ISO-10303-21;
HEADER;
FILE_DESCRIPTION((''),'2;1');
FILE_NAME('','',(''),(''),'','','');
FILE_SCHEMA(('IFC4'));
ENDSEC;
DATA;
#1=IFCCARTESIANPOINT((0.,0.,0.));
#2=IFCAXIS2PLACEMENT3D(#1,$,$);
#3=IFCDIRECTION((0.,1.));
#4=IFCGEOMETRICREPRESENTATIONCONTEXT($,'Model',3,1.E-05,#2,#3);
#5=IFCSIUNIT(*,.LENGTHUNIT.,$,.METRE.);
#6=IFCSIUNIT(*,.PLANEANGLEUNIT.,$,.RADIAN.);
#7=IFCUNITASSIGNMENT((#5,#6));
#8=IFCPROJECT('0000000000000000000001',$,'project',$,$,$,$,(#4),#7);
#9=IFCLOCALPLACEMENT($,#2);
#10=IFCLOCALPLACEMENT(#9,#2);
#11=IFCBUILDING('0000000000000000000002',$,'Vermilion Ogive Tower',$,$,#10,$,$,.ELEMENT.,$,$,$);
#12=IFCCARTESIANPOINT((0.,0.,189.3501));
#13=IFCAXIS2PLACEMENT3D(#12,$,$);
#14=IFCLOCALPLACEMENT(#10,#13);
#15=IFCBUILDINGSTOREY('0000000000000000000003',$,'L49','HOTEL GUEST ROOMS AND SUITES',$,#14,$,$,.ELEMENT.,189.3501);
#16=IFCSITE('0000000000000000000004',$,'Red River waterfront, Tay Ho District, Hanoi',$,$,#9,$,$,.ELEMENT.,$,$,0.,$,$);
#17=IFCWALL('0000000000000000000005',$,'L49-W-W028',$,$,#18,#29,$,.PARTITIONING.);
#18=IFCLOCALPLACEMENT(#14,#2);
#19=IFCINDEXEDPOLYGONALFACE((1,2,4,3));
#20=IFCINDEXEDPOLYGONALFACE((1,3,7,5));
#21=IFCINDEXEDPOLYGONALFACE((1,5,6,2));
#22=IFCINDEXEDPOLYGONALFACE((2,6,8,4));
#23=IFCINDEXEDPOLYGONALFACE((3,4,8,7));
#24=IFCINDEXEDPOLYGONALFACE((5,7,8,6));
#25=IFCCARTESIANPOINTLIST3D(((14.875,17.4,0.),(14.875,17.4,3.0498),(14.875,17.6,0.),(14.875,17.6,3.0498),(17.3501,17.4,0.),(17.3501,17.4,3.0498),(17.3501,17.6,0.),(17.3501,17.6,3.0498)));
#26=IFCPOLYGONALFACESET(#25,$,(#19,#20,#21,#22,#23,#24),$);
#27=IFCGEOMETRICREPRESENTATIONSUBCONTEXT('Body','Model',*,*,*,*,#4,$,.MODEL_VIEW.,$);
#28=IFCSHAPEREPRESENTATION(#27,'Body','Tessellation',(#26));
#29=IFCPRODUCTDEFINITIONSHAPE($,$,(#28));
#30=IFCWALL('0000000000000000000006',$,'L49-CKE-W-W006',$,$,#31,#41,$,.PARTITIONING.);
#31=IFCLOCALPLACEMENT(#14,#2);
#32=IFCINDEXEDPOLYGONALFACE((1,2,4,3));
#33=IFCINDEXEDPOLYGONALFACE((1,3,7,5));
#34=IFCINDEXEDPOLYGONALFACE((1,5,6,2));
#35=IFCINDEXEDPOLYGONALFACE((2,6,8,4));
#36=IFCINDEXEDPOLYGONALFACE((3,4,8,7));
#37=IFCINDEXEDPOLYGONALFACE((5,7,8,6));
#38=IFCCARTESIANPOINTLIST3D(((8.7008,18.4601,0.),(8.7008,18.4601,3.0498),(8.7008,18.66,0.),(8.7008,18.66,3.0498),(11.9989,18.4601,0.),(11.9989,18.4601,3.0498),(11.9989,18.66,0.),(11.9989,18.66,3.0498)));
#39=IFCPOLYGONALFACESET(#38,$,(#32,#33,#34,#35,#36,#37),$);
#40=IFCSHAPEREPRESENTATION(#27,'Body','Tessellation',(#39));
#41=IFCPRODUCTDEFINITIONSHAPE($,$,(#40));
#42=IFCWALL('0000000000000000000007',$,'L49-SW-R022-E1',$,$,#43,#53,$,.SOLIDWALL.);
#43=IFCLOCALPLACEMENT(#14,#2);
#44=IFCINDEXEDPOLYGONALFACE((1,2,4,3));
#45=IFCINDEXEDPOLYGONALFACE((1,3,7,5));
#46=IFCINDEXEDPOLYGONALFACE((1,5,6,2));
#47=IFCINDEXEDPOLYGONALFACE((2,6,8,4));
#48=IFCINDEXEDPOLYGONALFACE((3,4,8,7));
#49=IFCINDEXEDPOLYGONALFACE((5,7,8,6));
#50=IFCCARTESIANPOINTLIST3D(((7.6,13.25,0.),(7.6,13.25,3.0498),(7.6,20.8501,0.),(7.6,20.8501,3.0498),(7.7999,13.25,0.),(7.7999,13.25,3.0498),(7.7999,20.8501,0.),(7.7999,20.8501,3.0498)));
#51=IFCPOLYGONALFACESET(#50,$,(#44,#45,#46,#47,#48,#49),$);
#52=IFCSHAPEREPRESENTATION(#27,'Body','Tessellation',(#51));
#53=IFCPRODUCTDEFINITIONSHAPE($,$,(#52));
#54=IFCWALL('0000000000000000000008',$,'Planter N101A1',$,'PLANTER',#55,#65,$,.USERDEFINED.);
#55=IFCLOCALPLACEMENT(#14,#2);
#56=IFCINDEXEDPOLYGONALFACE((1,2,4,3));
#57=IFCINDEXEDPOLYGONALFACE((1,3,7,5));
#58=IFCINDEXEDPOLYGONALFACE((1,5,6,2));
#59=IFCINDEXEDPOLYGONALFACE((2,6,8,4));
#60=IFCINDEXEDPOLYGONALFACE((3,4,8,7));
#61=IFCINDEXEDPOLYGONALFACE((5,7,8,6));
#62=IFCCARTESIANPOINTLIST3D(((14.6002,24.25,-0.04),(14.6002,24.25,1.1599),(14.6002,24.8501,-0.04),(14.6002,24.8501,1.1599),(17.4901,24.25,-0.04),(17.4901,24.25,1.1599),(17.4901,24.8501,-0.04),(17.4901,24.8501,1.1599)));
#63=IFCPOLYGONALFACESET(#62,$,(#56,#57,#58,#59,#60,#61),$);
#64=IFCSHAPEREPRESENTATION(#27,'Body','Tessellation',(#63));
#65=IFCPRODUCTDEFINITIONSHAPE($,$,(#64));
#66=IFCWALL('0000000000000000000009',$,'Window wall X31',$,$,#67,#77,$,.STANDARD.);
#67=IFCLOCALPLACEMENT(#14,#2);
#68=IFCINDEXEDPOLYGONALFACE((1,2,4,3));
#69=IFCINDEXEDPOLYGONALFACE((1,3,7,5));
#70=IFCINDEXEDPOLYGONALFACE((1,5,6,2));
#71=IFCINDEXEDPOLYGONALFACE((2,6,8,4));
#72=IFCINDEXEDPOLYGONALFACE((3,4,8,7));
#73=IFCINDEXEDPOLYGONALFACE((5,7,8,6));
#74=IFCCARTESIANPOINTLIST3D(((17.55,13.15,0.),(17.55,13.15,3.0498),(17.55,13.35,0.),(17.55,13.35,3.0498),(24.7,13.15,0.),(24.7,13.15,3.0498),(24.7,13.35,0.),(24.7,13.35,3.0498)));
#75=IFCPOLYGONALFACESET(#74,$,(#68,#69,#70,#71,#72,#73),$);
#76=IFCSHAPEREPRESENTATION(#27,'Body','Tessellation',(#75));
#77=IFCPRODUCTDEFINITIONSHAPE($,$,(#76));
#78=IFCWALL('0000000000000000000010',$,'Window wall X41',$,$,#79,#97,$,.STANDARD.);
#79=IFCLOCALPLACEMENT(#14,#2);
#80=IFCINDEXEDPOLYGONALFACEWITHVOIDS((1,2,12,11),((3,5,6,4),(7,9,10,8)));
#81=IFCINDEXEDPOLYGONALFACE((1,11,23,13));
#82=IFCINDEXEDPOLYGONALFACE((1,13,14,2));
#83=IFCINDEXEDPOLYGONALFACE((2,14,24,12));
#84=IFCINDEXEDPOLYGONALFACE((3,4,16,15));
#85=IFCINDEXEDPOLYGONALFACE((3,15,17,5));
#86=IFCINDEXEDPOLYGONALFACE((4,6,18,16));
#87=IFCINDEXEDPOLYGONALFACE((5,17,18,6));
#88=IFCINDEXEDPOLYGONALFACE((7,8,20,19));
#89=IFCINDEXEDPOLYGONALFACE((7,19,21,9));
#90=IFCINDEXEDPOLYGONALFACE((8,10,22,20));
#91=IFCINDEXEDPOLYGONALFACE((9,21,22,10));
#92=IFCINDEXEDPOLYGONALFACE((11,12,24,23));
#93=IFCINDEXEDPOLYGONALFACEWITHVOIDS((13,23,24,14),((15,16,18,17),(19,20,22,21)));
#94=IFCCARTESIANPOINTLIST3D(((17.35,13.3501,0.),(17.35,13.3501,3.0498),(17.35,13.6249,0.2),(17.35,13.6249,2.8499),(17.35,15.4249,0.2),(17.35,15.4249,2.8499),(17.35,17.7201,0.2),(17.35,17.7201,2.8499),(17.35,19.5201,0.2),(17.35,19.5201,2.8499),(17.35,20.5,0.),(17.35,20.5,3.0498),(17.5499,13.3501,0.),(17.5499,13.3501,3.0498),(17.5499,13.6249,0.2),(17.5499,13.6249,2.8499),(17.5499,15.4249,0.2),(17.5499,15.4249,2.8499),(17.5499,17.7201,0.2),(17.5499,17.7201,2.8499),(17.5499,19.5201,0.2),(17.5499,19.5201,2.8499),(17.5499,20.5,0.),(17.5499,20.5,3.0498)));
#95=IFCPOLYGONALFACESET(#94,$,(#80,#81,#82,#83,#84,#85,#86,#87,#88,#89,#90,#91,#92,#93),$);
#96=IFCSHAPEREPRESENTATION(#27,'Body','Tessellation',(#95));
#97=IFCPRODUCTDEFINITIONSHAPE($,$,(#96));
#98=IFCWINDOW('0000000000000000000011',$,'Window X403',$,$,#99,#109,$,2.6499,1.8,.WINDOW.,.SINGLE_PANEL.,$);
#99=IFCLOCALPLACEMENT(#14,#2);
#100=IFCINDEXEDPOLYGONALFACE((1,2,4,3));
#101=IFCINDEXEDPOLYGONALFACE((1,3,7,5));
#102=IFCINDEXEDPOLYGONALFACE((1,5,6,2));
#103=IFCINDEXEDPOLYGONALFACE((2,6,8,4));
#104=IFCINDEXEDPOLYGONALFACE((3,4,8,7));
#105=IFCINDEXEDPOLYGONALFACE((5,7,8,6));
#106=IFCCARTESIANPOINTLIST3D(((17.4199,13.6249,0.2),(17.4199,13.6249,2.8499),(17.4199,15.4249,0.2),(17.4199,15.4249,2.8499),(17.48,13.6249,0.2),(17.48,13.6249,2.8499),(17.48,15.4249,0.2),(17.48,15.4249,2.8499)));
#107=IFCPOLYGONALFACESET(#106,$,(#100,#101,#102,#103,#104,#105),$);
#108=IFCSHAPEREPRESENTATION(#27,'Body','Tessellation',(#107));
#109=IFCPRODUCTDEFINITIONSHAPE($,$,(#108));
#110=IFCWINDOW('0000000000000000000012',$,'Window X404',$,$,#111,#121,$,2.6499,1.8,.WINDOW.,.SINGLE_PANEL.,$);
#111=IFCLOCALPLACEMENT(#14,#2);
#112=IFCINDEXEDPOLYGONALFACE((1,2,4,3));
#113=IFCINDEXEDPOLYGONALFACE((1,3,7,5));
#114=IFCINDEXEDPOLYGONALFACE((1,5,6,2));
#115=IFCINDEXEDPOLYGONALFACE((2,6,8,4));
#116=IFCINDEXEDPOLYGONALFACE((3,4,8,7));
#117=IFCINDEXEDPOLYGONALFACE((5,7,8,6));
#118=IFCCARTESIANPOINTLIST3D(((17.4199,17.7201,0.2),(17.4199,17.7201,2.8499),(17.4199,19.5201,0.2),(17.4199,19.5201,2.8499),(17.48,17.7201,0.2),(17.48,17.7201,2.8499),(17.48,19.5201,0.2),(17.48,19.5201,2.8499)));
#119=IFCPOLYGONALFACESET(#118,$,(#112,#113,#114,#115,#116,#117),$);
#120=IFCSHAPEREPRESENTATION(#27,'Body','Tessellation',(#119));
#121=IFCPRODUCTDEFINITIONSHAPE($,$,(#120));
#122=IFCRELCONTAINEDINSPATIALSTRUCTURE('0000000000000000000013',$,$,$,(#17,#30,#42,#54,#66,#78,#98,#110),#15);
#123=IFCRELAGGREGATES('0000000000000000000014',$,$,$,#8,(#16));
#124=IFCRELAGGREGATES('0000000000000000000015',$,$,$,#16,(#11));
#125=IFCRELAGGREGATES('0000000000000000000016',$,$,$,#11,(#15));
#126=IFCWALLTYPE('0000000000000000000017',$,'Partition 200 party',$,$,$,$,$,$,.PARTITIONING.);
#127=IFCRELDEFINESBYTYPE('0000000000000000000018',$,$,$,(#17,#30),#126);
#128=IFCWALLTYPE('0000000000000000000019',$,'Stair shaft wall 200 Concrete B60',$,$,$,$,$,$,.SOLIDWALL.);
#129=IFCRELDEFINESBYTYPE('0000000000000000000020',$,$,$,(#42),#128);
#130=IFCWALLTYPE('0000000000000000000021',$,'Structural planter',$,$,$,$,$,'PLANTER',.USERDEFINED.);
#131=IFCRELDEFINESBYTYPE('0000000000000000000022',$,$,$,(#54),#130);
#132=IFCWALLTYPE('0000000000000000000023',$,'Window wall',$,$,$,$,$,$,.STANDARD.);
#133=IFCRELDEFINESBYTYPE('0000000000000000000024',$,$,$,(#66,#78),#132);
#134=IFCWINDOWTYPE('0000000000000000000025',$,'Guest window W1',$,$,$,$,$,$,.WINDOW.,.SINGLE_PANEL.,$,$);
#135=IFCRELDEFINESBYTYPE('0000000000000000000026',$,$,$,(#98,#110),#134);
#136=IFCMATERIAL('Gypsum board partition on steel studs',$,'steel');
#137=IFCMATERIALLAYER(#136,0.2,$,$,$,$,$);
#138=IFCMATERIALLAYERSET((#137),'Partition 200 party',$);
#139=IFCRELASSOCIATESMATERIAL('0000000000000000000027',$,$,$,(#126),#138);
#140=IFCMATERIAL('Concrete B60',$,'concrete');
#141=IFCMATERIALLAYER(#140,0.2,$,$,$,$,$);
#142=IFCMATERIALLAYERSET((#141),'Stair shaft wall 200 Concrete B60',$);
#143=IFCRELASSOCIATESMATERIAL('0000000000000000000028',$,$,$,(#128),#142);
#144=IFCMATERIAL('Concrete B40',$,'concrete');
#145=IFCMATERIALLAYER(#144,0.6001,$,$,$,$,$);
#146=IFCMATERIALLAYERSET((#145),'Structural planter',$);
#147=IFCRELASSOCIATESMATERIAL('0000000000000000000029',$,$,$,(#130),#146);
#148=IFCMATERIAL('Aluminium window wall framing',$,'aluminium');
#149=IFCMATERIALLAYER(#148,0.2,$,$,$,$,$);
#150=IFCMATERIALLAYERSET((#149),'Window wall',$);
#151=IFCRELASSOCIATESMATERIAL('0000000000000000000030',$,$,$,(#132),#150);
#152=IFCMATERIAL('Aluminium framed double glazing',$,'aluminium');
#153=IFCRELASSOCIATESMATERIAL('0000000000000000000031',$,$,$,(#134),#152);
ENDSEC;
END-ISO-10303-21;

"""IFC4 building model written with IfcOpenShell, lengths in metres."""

from ifc_helpers import new_model, si_unit, direction, frame, frame_2d, origin, place, context, subcontext, project, spatial, rectangle, extrude, material, layer, layer_set, type_object, element, fill, save


model = new_model("IFC4")

# Units and contexts
model_context = context("Model", 3, precision=1e-05, world=origin(), true_north=direction((0.0, 1.0)))
body_context = subcontext(model_context, "Body", "Model", "MODEL_VIEW")
ifc_project = project(units=[si_unit("LENGTHUNIT", "METRE"), si_unit("PLANEANGLEUNIT", "RADIAN")], contexts=[model_context])

# Site, building, storey
site_placement = place(None, origin())
site = spatial("IfcSite", under=ifc_project, at=site_placement, Name="Red River waterfront, Tay Ho District, Hanoi", CompositionType="ELEMENT", RefElevation=0.0)
building_placement = place(site_placement, origin())
building = spatial("IfcBuilding", under=site, at=building_placement, Name="Vermilion Ogive Tower", CompositionType="ELEMENT")
storey_placement = place(building_placement, frame((0.0, 0.0, 189.3501)))
storey = spatial("IfcBuildingStorey", under=building, at=storey_placement, Name="L49", Description="HOTEL GUEST ROOMS AND SUITES", CompositionType="ELEMENT", Elevation=189.3501)

# Walls
ifc_material_1 = material(Name="Gypsum board partition on steel studs", Category="steel")
ifc_layer_1 = layer(ifc_material_1, 0.2)
ifc_layer_set_1 = layer_set([ifc_layer_1], Name="Partition 200 party")
wall_type_1 = type_object("IfcWallType", Name="Partition 200 party", PredefinedType="PARTITIONING", material=ifc_layer_set_1)
for number, where, z_axis, x_axis, name in (
    (1, (14.875, 17.5, 0.0), (0.0, 0.0, 1.0), (1.0, 0.0, 0.0), "L49-W-W028"),
):
    element("IfcWall", number, at=place(storey_placement, frame(where, z_axis=z_axis, x_axis=x_axis)), inside=storey, type_object=wall_type_1, Name=name, PredefinedType="PARTITIONING", context=body_context, shape_type="SweptSolid", body=[
        extrude(rectangle(XDim=2.4751, YDim=0.2, at=frame_2d((1.2375, 0.0))), origin(), (0.0, 0.0, 1.0), 3.0498),
    ])
wall_1_placement = place(storey_placement, frame((8.7009, 18.5601, 0.0), z_axis=(0.0, 0.0, 1.0), x_axis=(1.0, 0.0, 0.0)))
element("IfcWall", 2, at=wall_1_placement, inside=storey, type_object=wall_type_1, Name="L49-CKE-W-W006", PredefinedType="PARTITIONING", context=body_context, shape_type="SweptSolid", body=[
    extrude(rectangle(XDim=3.2981, YDim=0.2, at=frame_2d((1.6489, 0.0))), origin(), (0.0, 0.0, 1.0), 3.0498),
])
ifc_material_2 = material(Name="Concrete B60", Category="concrete")
ifc_layer_2 = layer(ifc_material_2, 0.2)
ifc_layer_set_2 = layer_set([ifc_layer_2], Name="Stair shaft wall 200 Concrete B60")
wall_type_2 = type_object("IfcWallType", Name="Stair shaft wall 200 Concrete B60", PredefinedType="SOLIDWALL", material=ifc_layer_set_2)
wall_2_placement = place(storey_placement, frame((7.7, 13.25, 0.0), z_axis=(0.0, 0.0, 1.0), x_axis=(0.0, 1.0, 0.0)))
element("IfcWall", 3, at=wall_2_placement, inside=storey, type_object=wall_type_2, Name="L49-SW-R022-E1", PredefinedType="SOLIDWALL", context=body_context, shape_type="SweptSolid", body=[
    extrude(rectangle(XDim=7.6001, YDim=0.2, at=frame_2d((3.8, 0.0))), origin(), (0.0, 0.0, 1.0), 3.0498),
])
ifc_material_3 = material(Name="Concrete B40", Category="concrete")
ifc_layer_3 = layer(ifc_material_3, 0.6001)
ifc_layer_set_3 = layer_set([ifc_layer_3], Name="Structural planter")
wall_type_3 = type_object("IfcWallType", Name="Structural planter", ElementType="PLANTER", PredefinedType="USERDEFINED", material=ifc_layer_set_3)
wall_3_placement = place(storey_placement, frame((17.49, 24.55, -0.04), z_axis=(0.0, 0.0, 1.0), x_axis=(-1.0, 0.0, 0.0)))
element("IfcWall", 4, at=wall_3_placement, inside=storey, type_object=wall_type_3, Name="Planter N101A1", ObjectType="PLANTER", PredefinedType="USERDEFINED", context=body_context, shape_type="SweptSolid", body=[
    extrude(rectangle(XDim=2.8899, YDim=0.6001, at=frame_2d((1.4448, 0.0))), origin(), (0.0, 0.0, 1.0), 1.2),
])
ifc_material_4 = material(Name="Aluminium window wall framing", Category="aluminium")
ifc_layer_4 = layer(ifc_material_4, 0.2)
ifc_layer_set_4 = layer_set([ifc_layer_4], Name="Window wall")
wall_type_4 = type_object("IfcWallType", Name="Window wall", PredefinedType="STANDARD", material=ifc_layer_set_4)
wall_4_placement = place(storey_placement, frame((24.7, 13.25, 0.0), z_axis=(0.0, 0.0, 1.0), x_axis=(-1.0, 0.0, 0.0)))
element("IfcWall", 5, at=wall_4_placement, inside=storey, type_object=wall_type_4, Name="Window wall X31", PredefinedType="STANDARD", context=body_context, shape_type="SweptSolid", body=[
    extrude(rectangle(XDim=7.1499, YDim=0.2, at=frame_2d((3.575, 0.0))), origin(), (0.0, 0.0, 1.0), 3.0498),
])

# Wall, openings, windows
wall_5_placement = place(storey_placement, frame((17.45, 13.3501, 0.0), z_axis=(0.0, 0.0, 1.0), x_axis=(0.0, 1.0, 0.0)))
wall_5 = element("IfcWall", 6, at=wall_5_placement, inside=storey, type_object=wall_type_4, Name="Window wall X41", PredefinedType="STANDARD", context=body_context, shape_type="SweptSolid", body=[
    extrude(rectangle(XDim=7.1499, YDim=0.2, at=frame_2d((3.575, 0.0))), origin(), (0.0, 0.0, 1.0), 3.0498),
])
opening_1_placement = place(wall_5_placement, frame((0.2749, 0.0, 0.2)))
opening_1 = element("IfcOpeningElement", 7, at=opening_1_placement, cuts=wall_5, PredefinedType="OPENING", context=body_context, shape_type="SweptSolid", body=[
    extrude(rectangle(XDim=1.8, YDim=2.6499, at=frame_2d((0.8999, 1.325))), frame((0.0, 0.1099, 0.0), z_axis=(0.0, -1.0, 0.0), x_axis=(1.0, 0.0, 0.0)), (0.0, 0.0, 1.0), 0.22),
])
opening_2_placement = place(wall_5_placement, frame((4.3701, 0.0, 0.2)))
opening_2 = element("IfcOpeningElement", 8, at=opening_2_placement, cuts=wall_5, PredefinedType="OPENING", context=body_context, shape_type="SweptSolid", body=[
    extrude(rectangle(XDim=1.8, YDim=2.6499, at=frame_2d((0.8999, 1.325))), frame((0.0, 0.1099, 0.0), z_axis=(0.0, -1.0, 0.0), x_axis=(1.0, 0.0, 0.0)), (0.0, 0.0, 1.0), 0.22),
])
ifc_material_5 = material(Name="Aluminium framed double glazing", Category="aluminium")
window_type = type_object("IfcWindowType", Name="Guest window W1", PartitioningType="SINGLE_PANEL", PredefinedType="WINDOW", material=ifc_material_5)
window_1_placement = place(opening_1_placement, origin())
window_1 = element("IfcWindow", 9, at=window_1_placement, inside=storey, type_object=window_type, Name="Window X403", OverallHeight=2.6499, OverallWidth=1.8, PartitioningType="SINGLE_PANEL", PredefinedType="WINDOW", context=body_context, shape_type="SweptSolid", body=[
    extrude(rectangle(XDim=1.8, YDim=2.6499, at=frame_2d((0.8999, 1.325))), frame((0.0, 0.03, 0.0), z_axis=(0.0, -1.0, 0.0), x_axis=(1.0, 0.0, 0.0)), (0.0, 0.0, 1.0), 0.0601),
])
fill(opening_1, window_1)
window_2_placement = place(opening_2_placement, origin())
window_2 = element("IfcWindow", 10, at=window_2_placement, inside=storey, type_object=window_type, Name="Window X404", OverallHeight=2.6499, OverallWidth=1.8, PartitioningType="SINGLE_PANEL", PredefinedType="WINDOW", context=body_context, shape_type="SweptSolid", body=[
    extrude(rectangle(XDim=1.8, YDim=2.6499, at=frame_2d((0.8999, 1.325))), frame((0.0, 0.03, 0.0), z_axis=(0.0, -1.0, 0.0), x_axis=(1.0, 0.0, 0.0)), (0.0, 0.0, 1.0), 0.0601),
])
fill(opening_2, window_2)

save(model, "model.ifc")
